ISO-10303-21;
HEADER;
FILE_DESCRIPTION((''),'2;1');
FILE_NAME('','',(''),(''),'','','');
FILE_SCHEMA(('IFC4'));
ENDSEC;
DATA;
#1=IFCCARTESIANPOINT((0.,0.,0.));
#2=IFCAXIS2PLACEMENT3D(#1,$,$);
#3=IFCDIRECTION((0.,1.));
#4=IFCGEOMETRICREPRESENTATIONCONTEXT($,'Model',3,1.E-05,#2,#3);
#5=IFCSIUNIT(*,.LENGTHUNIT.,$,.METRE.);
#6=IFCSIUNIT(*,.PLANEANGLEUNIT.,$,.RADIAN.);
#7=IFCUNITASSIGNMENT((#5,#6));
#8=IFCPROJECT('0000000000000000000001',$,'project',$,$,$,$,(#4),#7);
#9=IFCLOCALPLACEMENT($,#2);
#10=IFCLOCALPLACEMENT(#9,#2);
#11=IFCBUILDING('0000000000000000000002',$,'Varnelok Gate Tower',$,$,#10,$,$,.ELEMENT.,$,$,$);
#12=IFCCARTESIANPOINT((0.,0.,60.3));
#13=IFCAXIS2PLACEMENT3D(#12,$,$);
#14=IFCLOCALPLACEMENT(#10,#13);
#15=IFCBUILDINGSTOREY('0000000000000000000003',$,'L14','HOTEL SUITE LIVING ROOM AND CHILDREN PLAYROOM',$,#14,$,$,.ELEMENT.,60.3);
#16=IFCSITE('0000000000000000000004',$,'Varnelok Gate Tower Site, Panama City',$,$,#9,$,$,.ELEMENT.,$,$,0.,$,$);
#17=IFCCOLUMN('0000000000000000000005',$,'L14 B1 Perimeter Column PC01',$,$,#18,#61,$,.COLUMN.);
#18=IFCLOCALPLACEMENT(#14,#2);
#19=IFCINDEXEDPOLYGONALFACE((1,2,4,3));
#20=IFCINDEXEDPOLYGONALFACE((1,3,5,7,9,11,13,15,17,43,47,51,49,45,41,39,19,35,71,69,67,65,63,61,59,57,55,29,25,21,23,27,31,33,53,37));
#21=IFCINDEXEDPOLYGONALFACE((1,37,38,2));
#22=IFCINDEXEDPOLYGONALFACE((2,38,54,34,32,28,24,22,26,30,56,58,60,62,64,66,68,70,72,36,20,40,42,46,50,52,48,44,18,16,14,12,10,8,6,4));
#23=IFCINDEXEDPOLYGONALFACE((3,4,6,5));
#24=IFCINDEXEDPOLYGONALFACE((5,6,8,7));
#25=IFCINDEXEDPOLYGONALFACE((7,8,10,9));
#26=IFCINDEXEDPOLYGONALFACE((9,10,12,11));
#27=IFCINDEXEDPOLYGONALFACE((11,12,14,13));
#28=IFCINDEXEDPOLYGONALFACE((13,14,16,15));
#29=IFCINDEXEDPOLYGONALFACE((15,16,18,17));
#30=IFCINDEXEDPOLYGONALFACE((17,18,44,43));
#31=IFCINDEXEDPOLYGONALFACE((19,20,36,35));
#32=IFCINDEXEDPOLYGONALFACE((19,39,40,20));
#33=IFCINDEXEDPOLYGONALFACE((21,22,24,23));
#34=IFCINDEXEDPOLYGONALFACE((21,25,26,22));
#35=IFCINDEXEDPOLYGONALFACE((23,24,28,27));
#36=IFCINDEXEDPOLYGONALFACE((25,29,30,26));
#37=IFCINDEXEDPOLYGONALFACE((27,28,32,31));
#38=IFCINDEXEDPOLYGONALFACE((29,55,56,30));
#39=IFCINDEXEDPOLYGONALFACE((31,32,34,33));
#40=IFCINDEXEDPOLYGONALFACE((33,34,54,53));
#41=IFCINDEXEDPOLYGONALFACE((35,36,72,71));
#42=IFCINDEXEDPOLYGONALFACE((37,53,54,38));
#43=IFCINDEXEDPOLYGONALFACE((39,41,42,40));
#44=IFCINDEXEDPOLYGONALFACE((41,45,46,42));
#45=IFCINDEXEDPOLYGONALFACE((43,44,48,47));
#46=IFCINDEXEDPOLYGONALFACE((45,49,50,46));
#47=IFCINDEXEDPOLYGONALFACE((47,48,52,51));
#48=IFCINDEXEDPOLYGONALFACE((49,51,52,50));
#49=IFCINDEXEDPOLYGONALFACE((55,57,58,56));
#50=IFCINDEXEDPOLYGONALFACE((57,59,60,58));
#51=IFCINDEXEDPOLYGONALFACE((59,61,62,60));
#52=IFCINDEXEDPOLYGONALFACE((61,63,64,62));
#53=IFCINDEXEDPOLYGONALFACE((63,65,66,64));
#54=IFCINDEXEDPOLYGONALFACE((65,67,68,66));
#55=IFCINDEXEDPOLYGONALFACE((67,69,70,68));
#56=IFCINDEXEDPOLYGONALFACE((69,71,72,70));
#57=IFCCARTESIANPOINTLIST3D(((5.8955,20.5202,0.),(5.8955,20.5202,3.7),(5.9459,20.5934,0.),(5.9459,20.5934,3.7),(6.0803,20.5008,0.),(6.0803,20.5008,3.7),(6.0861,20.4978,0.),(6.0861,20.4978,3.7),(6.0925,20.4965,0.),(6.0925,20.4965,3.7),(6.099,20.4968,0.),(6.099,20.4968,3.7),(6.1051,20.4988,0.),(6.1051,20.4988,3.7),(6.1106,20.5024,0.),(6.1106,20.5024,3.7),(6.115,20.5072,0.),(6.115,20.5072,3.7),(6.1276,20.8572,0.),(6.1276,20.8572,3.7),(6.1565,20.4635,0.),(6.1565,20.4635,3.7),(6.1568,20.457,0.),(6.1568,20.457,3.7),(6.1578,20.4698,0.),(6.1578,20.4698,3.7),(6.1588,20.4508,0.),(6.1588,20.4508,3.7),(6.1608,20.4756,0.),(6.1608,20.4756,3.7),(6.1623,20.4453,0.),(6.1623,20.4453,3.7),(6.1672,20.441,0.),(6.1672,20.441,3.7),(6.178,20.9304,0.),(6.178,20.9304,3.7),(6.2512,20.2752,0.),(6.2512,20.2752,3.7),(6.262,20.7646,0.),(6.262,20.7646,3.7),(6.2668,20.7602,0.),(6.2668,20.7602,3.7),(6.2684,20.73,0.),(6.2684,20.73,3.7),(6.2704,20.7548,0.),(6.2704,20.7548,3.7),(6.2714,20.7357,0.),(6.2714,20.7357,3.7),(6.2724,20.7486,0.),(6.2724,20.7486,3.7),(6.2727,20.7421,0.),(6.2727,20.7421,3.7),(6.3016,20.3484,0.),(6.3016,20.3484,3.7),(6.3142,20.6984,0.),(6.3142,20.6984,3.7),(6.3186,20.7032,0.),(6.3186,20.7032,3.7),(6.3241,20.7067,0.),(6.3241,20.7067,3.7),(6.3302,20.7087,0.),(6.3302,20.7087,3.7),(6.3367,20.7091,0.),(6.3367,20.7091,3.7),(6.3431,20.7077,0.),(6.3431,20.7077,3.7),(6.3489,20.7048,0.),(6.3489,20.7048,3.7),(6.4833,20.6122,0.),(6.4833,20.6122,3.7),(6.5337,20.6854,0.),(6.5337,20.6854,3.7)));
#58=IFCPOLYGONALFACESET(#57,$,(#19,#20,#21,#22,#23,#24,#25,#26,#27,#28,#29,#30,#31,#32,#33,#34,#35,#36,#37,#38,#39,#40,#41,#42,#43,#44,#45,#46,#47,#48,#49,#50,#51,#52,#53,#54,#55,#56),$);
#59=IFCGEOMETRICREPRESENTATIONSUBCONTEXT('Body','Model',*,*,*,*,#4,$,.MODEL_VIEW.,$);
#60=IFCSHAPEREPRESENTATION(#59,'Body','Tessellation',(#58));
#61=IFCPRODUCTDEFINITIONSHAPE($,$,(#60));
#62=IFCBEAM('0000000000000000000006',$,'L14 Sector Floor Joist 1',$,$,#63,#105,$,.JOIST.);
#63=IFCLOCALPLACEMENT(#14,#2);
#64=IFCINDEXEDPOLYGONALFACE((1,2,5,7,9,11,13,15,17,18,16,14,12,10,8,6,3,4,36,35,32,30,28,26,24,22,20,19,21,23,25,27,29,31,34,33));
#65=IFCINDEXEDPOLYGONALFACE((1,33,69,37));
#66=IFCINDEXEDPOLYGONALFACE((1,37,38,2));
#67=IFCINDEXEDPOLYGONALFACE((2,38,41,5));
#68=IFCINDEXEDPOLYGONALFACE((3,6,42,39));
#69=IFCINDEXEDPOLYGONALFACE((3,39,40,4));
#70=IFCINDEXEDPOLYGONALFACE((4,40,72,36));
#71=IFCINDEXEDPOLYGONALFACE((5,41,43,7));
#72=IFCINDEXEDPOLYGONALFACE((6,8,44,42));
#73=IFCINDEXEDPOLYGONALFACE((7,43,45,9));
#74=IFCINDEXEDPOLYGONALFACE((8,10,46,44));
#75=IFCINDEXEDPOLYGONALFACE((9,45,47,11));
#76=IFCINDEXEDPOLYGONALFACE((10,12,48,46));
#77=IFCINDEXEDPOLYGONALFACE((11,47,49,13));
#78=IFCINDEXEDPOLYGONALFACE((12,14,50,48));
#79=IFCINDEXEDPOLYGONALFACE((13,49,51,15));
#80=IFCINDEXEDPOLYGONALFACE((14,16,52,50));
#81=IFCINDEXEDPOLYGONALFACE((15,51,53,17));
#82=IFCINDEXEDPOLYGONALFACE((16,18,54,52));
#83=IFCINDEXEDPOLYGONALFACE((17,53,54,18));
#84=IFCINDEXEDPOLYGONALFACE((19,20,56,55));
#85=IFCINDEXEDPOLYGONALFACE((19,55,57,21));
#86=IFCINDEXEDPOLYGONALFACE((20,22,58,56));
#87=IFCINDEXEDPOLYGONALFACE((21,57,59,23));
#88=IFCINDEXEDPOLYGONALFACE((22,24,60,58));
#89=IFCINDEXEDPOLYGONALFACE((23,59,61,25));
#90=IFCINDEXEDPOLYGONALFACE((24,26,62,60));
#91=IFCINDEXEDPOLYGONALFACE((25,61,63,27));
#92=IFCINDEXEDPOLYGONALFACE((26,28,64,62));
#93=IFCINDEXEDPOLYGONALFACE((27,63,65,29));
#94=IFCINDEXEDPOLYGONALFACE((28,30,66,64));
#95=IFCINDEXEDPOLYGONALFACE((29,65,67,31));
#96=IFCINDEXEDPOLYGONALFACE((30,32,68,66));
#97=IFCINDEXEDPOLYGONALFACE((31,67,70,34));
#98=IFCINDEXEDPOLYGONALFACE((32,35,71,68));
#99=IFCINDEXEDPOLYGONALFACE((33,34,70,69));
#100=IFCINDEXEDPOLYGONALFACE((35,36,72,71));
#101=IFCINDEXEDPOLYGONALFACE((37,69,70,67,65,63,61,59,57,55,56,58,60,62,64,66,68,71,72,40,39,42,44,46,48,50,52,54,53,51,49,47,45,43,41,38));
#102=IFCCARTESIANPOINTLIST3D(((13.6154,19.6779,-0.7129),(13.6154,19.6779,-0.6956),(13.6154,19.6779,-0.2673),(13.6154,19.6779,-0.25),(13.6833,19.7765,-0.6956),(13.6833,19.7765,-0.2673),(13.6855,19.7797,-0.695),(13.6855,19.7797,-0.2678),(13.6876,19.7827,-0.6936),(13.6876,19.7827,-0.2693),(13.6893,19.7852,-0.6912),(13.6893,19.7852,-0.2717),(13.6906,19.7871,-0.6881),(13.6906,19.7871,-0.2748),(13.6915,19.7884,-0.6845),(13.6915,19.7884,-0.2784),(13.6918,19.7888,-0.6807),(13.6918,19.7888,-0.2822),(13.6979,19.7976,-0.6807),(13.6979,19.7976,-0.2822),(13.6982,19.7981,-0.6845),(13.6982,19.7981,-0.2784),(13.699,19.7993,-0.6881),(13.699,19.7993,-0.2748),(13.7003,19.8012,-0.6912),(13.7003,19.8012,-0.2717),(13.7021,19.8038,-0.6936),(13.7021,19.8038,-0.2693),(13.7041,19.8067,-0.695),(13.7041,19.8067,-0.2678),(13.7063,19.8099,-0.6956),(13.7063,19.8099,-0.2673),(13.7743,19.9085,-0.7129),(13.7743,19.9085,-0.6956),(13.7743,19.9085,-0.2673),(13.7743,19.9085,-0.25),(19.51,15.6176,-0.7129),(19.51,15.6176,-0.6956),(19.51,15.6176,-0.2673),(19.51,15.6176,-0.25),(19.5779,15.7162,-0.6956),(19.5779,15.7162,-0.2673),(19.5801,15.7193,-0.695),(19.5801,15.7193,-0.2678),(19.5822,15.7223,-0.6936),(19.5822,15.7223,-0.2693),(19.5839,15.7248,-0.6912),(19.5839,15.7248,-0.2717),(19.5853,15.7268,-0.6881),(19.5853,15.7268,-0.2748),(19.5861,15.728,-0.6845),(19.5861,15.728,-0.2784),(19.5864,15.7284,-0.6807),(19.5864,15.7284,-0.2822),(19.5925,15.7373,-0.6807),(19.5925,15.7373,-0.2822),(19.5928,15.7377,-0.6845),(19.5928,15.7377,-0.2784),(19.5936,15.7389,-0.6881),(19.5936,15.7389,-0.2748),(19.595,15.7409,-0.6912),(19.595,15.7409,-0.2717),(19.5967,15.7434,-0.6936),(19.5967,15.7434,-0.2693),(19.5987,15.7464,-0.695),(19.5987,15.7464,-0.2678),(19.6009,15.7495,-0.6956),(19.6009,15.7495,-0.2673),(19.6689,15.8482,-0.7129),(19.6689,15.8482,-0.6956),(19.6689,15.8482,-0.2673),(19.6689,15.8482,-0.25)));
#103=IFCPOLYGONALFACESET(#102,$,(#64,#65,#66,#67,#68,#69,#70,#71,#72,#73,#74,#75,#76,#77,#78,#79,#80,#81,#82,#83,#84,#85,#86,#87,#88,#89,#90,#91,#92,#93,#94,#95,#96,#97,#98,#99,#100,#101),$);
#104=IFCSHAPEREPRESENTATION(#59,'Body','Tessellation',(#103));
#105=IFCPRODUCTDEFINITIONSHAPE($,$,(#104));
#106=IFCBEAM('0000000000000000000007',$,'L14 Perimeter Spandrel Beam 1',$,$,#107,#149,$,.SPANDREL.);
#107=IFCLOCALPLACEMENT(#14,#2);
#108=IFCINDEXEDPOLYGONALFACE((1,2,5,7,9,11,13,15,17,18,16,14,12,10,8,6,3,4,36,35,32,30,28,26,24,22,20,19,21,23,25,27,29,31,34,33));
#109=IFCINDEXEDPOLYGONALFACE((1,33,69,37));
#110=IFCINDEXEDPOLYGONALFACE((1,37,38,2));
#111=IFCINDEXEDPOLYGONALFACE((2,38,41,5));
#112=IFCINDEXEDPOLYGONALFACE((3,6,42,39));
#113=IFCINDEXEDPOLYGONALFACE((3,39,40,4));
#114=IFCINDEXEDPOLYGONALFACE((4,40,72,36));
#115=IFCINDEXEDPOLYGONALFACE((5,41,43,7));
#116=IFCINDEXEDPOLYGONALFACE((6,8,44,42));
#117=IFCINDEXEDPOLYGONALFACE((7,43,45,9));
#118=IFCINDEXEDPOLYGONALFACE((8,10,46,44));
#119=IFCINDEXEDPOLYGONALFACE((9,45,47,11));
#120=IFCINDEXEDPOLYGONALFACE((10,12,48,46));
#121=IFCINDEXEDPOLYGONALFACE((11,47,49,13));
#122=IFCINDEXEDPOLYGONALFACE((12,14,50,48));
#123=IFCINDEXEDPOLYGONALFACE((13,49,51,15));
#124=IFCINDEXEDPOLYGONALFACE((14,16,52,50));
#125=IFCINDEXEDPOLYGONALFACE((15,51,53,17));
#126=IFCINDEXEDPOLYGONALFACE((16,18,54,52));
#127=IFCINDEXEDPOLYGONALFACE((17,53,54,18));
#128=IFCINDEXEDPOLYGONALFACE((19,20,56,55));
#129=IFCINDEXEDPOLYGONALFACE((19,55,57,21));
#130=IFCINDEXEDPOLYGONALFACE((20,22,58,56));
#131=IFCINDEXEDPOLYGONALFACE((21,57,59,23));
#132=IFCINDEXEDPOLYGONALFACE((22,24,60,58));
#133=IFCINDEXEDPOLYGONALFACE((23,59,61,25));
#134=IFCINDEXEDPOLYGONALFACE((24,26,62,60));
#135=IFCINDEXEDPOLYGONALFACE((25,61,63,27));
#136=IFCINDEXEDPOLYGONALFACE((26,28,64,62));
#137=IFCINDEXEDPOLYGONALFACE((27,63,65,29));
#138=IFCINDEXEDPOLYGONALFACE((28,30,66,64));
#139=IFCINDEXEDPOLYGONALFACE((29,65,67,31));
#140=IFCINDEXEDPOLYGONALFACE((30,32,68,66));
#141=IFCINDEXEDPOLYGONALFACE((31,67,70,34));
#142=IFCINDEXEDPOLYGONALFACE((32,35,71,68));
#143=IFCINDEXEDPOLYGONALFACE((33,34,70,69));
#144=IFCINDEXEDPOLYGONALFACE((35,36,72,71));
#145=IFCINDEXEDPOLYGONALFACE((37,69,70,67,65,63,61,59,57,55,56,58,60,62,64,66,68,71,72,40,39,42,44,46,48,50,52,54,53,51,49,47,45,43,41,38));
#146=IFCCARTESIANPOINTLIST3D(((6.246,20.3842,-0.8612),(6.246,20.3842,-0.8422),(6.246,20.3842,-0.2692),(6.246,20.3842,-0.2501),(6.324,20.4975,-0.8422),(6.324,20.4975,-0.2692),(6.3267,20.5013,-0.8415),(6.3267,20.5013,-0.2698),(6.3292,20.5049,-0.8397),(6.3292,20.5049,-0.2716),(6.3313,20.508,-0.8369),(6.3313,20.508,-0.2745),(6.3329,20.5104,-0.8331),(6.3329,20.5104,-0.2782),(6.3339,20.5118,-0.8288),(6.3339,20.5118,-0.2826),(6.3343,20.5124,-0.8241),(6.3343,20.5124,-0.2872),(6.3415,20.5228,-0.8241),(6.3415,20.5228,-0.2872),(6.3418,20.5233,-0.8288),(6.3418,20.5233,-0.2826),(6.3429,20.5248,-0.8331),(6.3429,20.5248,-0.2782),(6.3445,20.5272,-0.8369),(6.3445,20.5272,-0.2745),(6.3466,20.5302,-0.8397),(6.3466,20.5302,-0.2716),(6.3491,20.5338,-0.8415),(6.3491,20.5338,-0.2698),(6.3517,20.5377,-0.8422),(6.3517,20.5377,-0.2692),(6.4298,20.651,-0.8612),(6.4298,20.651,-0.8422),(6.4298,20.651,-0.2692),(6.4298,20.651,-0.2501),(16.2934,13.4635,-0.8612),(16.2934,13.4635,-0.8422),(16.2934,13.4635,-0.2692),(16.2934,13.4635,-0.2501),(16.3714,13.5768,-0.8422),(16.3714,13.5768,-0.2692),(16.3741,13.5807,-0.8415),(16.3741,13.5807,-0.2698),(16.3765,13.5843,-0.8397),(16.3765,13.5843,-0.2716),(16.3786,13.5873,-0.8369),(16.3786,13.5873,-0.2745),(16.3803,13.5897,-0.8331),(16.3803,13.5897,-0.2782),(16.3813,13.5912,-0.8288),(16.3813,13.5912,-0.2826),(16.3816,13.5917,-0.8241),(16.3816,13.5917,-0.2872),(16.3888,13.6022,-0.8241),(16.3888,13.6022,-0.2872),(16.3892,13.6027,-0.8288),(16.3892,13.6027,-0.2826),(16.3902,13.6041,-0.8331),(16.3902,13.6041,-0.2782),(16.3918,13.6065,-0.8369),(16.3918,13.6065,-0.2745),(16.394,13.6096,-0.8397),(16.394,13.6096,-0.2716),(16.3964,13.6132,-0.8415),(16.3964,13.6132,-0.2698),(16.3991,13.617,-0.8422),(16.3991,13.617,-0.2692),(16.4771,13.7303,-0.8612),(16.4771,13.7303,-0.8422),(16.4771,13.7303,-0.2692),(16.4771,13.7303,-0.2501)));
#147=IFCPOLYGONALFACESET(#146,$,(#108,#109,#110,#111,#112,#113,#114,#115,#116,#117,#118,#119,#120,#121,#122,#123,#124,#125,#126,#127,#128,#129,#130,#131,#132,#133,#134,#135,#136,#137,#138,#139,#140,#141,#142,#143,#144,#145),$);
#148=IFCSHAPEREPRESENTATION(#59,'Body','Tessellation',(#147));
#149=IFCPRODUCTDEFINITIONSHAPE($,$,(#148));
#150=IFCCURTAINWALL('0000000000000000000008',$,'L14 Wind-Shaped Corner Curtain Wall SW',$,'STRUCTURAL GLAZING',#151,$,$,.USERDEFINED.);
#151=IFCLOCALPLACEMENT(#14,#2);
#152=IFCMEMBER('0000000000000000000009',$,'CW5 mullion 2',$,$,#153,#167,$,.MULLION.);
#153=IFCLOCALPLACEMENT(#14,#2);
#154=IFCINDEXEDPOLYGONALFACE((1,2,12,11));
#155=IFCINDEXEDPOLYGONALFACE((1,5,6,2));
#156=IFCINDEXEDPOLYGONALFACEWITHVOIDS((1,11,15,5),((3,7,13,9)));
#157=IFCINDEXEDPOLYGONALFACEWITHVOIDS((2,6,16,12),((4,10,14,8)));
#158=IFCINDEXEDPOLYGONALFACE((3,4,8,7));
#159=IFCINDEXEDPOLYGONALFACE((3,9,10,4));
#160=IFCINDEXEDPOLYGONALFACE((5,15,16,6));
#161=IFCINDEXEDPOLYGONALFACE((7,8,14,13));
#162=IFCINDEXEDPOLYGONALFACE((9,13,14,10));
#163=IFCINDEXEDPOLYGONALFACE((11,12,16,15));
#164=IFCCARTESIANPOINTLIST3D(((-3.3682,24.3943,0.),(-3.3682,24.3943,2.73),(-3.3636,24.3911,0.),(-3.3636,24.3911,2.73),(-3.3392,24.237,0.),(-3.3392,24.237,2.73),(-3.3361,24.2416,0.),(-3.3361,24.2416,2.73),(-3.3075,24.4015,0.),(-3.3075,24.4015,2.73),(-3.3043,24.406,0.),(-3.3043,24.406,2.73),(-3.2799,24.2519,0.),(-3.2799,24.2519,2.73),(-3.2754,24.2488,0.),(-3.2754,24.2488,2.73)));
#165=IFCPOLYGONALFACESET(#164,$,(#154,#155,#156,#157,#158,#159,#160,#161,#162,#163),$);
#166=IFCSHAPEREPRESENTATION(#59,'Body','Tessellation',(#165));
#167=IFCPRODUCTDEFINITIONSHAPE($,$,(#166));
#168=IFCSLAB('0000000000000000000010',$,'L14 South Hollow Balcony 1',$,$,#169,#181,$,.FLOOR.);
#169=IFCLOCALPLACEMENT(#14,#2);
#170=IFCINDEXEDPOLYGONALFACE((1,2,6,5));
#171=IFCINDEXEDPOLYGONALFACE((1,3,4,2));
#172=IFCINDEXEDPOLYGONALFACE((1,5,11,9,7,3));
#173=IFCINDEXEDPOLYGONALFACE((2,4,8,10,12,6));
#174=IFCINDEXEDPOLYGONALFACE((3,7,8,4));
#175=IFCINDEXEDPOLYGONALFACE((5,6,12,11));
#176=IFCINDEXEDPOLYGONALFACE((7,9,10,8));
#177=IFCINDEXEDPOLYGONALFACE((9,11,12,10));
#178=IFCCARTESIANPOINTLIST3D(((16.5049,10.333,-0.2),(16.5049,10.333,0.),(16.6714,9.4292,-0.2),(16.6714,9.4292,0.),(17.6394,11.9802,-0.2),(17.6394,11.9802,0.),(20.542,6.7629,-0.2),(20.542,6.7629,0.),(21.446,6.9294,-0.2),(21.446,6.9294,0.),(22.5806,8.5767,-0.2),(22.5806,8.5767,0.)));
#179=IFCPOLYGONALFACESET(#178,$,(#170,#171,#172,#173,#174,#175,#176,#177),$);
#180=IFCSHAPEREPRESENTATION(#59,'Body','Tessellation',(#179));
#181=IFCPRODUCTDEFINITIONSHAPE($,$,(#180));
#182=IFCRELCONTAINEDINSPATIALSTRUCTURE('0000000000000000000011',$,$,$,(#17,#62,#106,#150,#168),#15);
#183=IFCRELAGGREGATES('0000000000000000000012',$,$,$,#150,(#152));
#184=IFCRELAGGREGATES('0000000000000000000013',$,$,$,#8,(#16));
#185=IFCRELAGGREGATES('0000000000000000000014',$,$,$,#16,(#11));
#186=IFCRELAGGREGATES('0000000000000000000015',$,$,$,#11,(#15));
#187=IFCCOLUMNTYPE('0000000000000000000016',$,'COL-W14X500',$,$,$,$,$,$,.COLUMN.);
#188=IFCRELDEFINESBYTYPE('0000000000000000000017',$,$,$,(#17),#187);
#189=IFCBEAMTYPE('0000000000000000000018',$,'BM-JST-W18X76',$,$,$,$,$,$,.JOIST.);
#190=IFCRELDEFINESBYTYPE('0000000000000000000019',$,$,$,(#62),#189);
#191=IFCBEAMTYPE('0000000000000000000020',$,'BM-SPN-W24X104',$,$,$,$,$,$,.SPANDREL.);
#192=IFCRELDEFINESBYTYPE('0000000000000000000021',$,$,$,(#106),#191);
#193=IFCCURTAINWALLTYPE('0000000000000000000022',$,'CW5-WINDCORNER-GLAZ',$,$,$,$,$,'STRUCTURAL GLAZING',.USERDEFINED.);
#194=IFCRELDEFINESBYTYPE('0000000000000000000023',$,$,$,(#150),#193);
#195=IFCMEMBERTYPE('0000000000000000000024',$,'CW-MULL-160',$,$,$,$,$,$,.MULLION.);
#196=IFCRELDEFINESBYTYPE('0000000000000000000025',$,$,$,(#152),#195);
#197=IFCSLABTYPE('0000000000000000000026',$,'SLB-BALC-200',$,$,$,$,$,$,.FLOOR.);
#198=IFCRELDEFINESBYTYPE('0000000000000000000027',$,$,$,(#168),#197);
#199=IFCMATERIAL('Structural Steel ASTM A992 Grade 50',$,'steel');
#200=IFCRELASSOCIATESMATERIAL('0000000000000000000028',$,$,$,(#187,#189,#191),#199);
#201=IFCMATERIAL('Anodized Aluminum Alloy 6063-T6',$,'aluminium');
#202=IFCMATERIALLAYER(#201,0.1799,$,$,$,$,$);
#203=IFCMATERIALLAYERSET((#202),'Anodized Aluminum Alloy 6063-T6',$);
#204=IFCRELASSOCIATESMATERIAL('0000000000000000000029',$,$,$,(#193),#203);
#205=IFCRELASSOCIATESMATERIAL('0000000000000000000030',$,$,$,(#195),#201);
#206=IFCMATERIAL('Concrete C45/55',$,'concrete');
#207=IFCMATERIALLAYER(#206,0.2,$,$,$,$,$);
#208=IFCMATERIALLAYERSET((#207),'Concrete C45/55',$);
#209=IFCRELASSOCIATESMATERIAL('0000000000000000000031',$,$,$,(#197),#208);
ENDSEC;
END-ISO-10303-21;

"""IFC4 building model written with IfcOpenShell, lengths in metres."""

from ifc_helpers import new_model, si_unit, direction, frame, origin, origin_2d, place, context, subcontext, project, spatial, polyline, hollow_rectangle, i_section, outline, extrude, material, layer, layer_set, material_profile, profile_set, type_object, element, aggregate, save


model = new_model("IFC4")

# Units and contexts
model_context = context("Model", 3, precision=1e-05, world=origin(), true_north=direction((0.0, 1.0)))
body_context = subcontext(model_context, "Body", "Model", "MODEL_VIEW")
ifc_project = project(units=[si_unit("LENGTHUNIT", "METRE"), si_unit("PLANEANGLEUNIT", "RADIAN")], contexts=[model_context])

# Site, building, storey
site_placement = place(None, origin())
site = spatial("IfcSite", under=ifc_project, at=site_placement, Name="Varnelok Gate Tower Site, Panama City", CompositionType="ELEMENT", RefElevation=0.0)
building_placement = place(site_placement, origin())
building = spatial("IfcBuilding", under=site, at=building_placement, Name="Varnelok Gate Tower", CompositionType="ELEMENT")
storey_placement = place(building_placement, frame((0.0, 0.0, 60.3)))
storey = spatial("IfcBuildingStorey", under=building, at=storey_placement, Name="L14", Description="HOTEL SUITE LIVING ROOM AND CHILDREN PLAYROOM", CompositionType="ELEMENT", Elevation=60.3)

# Column
ifc_material_1 = material(Name="Structural Steel ASTM A992 Grade 50", Category="steel")
ifc_material_profile_1 = material_profile(ifc_material_1, i_section(OverallWidth=0.4319, OverallDepth=0.498, WebThickness=0.0557, FlangeThickness=0.0889, FilletRadius=0.0249, at=origin_2d()), Name="W14X500")
ifc_profile_set_1 = profile_set([ifc_material_profile_1], Name="Structural Steel ASTM A992 Grade 50")
column_type = type_object("IfcColumnType", Name="COL-W14X500", PredefinedType="COLUMN", material=ifc_profile_set_1)
column_placement = place(storey_placement, frame((6.2146, 20.6028, 0.0), z_axis=(0.0, 0.0, 1.0), x_axis=(0.823533, -0.567269, 0.0)))
element("IfcColumn", 1, at=column_placement, inside=storey, type_object=column_type, Name="L14 B1 Perimeter Column PC01", PredefinedType="COLUMN", context=body_context, shape_type="SweptSolid", body=[
    extrude(i_section(OverallWidth=0.4319, OverallDepth=0.498, WebThickness=0.0557, FlangeThickness=0.0889, FilletRadius=0.0249, at=origin_2d()), origin(), (0.0, 0.0, 1.0), 3.7),
])

# Beams
ifc_material_profile_2 = material_profile(ifc_material_1, i_section(OverallWidth=0.28, OverallDepth=0.4629, WebThickness=0.0107, FlangeThickness=0.0173, FilletRadius=0.0149, at=origin_2d()), Name="W18X76")
ifc_profile_set_2 = profile_set([ifc_material_profile_2], Name="Structural Steel ASTM A992 Grade 50")
beam_type_1 = type_object("IfcBeamType", Name="BM-JST-W18X76", PredefinedType="JOIST", material=ifc_profile_set_2)
beam_1_placement = place(storey_placement, frame((13.6948, 19.7932, -0.4814), z_axis=(0.823532, -0.56727, 0.0), x_axis=(0.56727, 0.823532, 0.0)))
element("IfcBeam", 2, at=beam_1_placement, inside=storey, type_object=beam_type_1, Name="L14 Sector Floor Joist 1", PredefinedType="JOIST", context=body_context, shape_type="SweptSolid", body=[
    extrude(i_section(OverallWidth=0.28, OverallDepth=0.4629, WebThickness=0.0107, FlangeThickness=0.0173, FilletRadius=0.0149, at=origin_2d()), origin(), (0.0, 0.0, 1.0), 7.1577),
])
ifc_material_profile_3 = material_profile(ifc_material_1, i_section(OverallWidth=0.324, OverallDepth=0.6111, WebThickness=0.0127, FlangeThickness=0.019, FilletRadius=0.0181, at=origin_2d()), Name="W24X104")
ifc_profile_set_3 = profile_set([ifc_material_profile_3], Name="Structural Steel ASTM A992 Grade 50")
beam_type_2 = type_object("IfcBeamType", Name="BM-SPN-W24X104", PredefinedType="SPANDREL", material=ifc_profile_set_3)
beam_2_placement = place(storey_placement, frame((6.3379, 20.5176, -0.5557), z_axis=(0.823541, -0.567257, 0.0), x_axis=(0.567257, 0.823541, 0.0)))
element("IfcBeam", 3, at=beam_2_placement, inside=storey, type_object=beam_type_2, Name="L14 Perimeter Spandrel Beam 1", PredefinedType="SPANDREL", context=body_context, shape_type="SweptSolid", body=[
    extrude(i_section(OverallWidth=0.324, OverallDepth=0.6111, WebThickness=0.0127, FlangeThickness=0.019, FilletRadius=0.0181, at=origin_2d()), origin(), (0.0, 0.0, 1.0), 12.2002),
])

# Curtain wall, member
ifc_material_2 = material(Name="Anodized Aluminum Alloy 6063-T6", Category="aluminium")
ifc_layer_1 = layer(ifc_material_2, 0.1799)
ifc_layer_set_1 = layer_set([ifc_layer_1], Name="Anodized Aluminum Alloy 6063-T6")
curtain_wall_type = type_object("IfcCurtainWallType", Name="CW5-WINDCORNER-GLAZ", ElementType="STRUCTURAL GLAZING", PredefinedType="USERDEFINED", material=ifc_layer_set_1)
curtain_wall_placement = place(storey_placement, origin())
curtain_wall = element("IfcCurtainWall", 4, at=curtain_wall_placement, inside=storey, type_object=curtain_wall_type, Name="L14 Wind-Shaped Corner Curtain Wall SW", ObjectType="STRUCTURAL GLAZING", PredefinedType="USERDEFINED")
ifc_material_profile_4 = material_profile(ifc_material_2, hollow_rectangle(XDim=0.0649, YDim=0.1599, WallThickness=0.0039, at=origin_2d()), Name="ALU160X65X4")
ifc_profile_set_4 = profile_set([ifc_material_profile_4], Name="Anodized Aluminum Alloy 6063-T6")
member_type = type_object("IfcMemberType", Name="CW-MULL-160", PredefinedType="MULLION", material=ifc_profile_set_4)
member_placement = place(storey_placement, frame((-3.3218, 24.3215, 0.0), z_axis=(0.0, 0.0, 1.0), x_axis=(0.983446, 0.181203, 0.0)))
member = element("IfcMember", 5, at=member_placement, type_object=member_type, Name="CW5 mullion 2", PredefinedType="MULLION", context=body_context, shape_type="SweptSolid", body=[
    extrude(hollow_rectangle(XDim=0.0649, YDim=0.1599, WallThickness=0.0039, at=origin_2d()), origin(), (0.0, 0.0, 1.0), 2.73),
])

# Slab
ifc_material_3 = material(Name="Concrete C45/55", Category="concrete")
ifc_layer_2 = layer(ifc_material_3, 0.2)
ifc_layer_set_2 = layer_set([ifc_layer_2], Name="Concrete C45/55")
slab_type_1 = type_object("IfcSlabType", Name="SLB-BALC-200", PredefinedType="FLOOR", material=ifc_layer_set_2)
slab_1_placement = place(storey_placement, frame((0.0, 0.0, -0.2)))
element("IfcSlab", 6, at=slab_1_placement, inside=storey, type_object=slab_type_1, Name="L14 South Hollow Balcony 1", PredefinedType="FLOOR", context=body_context, shape_type="SweptSolid", body=[
    extrude(outline(polyline([(16.5049, 10.333), (16.6714, 9.4292), (20.542, 6.7629), (21.446, 6.9294), (22.5806, 8.5767), (17.6394, 11.9802), (16.5049, 10.333)])), origin(), (0.0, 0.0, 1.0), 0.2),
])

aggregate(curtain_wall, [member])

save(model, "model.ifc")
